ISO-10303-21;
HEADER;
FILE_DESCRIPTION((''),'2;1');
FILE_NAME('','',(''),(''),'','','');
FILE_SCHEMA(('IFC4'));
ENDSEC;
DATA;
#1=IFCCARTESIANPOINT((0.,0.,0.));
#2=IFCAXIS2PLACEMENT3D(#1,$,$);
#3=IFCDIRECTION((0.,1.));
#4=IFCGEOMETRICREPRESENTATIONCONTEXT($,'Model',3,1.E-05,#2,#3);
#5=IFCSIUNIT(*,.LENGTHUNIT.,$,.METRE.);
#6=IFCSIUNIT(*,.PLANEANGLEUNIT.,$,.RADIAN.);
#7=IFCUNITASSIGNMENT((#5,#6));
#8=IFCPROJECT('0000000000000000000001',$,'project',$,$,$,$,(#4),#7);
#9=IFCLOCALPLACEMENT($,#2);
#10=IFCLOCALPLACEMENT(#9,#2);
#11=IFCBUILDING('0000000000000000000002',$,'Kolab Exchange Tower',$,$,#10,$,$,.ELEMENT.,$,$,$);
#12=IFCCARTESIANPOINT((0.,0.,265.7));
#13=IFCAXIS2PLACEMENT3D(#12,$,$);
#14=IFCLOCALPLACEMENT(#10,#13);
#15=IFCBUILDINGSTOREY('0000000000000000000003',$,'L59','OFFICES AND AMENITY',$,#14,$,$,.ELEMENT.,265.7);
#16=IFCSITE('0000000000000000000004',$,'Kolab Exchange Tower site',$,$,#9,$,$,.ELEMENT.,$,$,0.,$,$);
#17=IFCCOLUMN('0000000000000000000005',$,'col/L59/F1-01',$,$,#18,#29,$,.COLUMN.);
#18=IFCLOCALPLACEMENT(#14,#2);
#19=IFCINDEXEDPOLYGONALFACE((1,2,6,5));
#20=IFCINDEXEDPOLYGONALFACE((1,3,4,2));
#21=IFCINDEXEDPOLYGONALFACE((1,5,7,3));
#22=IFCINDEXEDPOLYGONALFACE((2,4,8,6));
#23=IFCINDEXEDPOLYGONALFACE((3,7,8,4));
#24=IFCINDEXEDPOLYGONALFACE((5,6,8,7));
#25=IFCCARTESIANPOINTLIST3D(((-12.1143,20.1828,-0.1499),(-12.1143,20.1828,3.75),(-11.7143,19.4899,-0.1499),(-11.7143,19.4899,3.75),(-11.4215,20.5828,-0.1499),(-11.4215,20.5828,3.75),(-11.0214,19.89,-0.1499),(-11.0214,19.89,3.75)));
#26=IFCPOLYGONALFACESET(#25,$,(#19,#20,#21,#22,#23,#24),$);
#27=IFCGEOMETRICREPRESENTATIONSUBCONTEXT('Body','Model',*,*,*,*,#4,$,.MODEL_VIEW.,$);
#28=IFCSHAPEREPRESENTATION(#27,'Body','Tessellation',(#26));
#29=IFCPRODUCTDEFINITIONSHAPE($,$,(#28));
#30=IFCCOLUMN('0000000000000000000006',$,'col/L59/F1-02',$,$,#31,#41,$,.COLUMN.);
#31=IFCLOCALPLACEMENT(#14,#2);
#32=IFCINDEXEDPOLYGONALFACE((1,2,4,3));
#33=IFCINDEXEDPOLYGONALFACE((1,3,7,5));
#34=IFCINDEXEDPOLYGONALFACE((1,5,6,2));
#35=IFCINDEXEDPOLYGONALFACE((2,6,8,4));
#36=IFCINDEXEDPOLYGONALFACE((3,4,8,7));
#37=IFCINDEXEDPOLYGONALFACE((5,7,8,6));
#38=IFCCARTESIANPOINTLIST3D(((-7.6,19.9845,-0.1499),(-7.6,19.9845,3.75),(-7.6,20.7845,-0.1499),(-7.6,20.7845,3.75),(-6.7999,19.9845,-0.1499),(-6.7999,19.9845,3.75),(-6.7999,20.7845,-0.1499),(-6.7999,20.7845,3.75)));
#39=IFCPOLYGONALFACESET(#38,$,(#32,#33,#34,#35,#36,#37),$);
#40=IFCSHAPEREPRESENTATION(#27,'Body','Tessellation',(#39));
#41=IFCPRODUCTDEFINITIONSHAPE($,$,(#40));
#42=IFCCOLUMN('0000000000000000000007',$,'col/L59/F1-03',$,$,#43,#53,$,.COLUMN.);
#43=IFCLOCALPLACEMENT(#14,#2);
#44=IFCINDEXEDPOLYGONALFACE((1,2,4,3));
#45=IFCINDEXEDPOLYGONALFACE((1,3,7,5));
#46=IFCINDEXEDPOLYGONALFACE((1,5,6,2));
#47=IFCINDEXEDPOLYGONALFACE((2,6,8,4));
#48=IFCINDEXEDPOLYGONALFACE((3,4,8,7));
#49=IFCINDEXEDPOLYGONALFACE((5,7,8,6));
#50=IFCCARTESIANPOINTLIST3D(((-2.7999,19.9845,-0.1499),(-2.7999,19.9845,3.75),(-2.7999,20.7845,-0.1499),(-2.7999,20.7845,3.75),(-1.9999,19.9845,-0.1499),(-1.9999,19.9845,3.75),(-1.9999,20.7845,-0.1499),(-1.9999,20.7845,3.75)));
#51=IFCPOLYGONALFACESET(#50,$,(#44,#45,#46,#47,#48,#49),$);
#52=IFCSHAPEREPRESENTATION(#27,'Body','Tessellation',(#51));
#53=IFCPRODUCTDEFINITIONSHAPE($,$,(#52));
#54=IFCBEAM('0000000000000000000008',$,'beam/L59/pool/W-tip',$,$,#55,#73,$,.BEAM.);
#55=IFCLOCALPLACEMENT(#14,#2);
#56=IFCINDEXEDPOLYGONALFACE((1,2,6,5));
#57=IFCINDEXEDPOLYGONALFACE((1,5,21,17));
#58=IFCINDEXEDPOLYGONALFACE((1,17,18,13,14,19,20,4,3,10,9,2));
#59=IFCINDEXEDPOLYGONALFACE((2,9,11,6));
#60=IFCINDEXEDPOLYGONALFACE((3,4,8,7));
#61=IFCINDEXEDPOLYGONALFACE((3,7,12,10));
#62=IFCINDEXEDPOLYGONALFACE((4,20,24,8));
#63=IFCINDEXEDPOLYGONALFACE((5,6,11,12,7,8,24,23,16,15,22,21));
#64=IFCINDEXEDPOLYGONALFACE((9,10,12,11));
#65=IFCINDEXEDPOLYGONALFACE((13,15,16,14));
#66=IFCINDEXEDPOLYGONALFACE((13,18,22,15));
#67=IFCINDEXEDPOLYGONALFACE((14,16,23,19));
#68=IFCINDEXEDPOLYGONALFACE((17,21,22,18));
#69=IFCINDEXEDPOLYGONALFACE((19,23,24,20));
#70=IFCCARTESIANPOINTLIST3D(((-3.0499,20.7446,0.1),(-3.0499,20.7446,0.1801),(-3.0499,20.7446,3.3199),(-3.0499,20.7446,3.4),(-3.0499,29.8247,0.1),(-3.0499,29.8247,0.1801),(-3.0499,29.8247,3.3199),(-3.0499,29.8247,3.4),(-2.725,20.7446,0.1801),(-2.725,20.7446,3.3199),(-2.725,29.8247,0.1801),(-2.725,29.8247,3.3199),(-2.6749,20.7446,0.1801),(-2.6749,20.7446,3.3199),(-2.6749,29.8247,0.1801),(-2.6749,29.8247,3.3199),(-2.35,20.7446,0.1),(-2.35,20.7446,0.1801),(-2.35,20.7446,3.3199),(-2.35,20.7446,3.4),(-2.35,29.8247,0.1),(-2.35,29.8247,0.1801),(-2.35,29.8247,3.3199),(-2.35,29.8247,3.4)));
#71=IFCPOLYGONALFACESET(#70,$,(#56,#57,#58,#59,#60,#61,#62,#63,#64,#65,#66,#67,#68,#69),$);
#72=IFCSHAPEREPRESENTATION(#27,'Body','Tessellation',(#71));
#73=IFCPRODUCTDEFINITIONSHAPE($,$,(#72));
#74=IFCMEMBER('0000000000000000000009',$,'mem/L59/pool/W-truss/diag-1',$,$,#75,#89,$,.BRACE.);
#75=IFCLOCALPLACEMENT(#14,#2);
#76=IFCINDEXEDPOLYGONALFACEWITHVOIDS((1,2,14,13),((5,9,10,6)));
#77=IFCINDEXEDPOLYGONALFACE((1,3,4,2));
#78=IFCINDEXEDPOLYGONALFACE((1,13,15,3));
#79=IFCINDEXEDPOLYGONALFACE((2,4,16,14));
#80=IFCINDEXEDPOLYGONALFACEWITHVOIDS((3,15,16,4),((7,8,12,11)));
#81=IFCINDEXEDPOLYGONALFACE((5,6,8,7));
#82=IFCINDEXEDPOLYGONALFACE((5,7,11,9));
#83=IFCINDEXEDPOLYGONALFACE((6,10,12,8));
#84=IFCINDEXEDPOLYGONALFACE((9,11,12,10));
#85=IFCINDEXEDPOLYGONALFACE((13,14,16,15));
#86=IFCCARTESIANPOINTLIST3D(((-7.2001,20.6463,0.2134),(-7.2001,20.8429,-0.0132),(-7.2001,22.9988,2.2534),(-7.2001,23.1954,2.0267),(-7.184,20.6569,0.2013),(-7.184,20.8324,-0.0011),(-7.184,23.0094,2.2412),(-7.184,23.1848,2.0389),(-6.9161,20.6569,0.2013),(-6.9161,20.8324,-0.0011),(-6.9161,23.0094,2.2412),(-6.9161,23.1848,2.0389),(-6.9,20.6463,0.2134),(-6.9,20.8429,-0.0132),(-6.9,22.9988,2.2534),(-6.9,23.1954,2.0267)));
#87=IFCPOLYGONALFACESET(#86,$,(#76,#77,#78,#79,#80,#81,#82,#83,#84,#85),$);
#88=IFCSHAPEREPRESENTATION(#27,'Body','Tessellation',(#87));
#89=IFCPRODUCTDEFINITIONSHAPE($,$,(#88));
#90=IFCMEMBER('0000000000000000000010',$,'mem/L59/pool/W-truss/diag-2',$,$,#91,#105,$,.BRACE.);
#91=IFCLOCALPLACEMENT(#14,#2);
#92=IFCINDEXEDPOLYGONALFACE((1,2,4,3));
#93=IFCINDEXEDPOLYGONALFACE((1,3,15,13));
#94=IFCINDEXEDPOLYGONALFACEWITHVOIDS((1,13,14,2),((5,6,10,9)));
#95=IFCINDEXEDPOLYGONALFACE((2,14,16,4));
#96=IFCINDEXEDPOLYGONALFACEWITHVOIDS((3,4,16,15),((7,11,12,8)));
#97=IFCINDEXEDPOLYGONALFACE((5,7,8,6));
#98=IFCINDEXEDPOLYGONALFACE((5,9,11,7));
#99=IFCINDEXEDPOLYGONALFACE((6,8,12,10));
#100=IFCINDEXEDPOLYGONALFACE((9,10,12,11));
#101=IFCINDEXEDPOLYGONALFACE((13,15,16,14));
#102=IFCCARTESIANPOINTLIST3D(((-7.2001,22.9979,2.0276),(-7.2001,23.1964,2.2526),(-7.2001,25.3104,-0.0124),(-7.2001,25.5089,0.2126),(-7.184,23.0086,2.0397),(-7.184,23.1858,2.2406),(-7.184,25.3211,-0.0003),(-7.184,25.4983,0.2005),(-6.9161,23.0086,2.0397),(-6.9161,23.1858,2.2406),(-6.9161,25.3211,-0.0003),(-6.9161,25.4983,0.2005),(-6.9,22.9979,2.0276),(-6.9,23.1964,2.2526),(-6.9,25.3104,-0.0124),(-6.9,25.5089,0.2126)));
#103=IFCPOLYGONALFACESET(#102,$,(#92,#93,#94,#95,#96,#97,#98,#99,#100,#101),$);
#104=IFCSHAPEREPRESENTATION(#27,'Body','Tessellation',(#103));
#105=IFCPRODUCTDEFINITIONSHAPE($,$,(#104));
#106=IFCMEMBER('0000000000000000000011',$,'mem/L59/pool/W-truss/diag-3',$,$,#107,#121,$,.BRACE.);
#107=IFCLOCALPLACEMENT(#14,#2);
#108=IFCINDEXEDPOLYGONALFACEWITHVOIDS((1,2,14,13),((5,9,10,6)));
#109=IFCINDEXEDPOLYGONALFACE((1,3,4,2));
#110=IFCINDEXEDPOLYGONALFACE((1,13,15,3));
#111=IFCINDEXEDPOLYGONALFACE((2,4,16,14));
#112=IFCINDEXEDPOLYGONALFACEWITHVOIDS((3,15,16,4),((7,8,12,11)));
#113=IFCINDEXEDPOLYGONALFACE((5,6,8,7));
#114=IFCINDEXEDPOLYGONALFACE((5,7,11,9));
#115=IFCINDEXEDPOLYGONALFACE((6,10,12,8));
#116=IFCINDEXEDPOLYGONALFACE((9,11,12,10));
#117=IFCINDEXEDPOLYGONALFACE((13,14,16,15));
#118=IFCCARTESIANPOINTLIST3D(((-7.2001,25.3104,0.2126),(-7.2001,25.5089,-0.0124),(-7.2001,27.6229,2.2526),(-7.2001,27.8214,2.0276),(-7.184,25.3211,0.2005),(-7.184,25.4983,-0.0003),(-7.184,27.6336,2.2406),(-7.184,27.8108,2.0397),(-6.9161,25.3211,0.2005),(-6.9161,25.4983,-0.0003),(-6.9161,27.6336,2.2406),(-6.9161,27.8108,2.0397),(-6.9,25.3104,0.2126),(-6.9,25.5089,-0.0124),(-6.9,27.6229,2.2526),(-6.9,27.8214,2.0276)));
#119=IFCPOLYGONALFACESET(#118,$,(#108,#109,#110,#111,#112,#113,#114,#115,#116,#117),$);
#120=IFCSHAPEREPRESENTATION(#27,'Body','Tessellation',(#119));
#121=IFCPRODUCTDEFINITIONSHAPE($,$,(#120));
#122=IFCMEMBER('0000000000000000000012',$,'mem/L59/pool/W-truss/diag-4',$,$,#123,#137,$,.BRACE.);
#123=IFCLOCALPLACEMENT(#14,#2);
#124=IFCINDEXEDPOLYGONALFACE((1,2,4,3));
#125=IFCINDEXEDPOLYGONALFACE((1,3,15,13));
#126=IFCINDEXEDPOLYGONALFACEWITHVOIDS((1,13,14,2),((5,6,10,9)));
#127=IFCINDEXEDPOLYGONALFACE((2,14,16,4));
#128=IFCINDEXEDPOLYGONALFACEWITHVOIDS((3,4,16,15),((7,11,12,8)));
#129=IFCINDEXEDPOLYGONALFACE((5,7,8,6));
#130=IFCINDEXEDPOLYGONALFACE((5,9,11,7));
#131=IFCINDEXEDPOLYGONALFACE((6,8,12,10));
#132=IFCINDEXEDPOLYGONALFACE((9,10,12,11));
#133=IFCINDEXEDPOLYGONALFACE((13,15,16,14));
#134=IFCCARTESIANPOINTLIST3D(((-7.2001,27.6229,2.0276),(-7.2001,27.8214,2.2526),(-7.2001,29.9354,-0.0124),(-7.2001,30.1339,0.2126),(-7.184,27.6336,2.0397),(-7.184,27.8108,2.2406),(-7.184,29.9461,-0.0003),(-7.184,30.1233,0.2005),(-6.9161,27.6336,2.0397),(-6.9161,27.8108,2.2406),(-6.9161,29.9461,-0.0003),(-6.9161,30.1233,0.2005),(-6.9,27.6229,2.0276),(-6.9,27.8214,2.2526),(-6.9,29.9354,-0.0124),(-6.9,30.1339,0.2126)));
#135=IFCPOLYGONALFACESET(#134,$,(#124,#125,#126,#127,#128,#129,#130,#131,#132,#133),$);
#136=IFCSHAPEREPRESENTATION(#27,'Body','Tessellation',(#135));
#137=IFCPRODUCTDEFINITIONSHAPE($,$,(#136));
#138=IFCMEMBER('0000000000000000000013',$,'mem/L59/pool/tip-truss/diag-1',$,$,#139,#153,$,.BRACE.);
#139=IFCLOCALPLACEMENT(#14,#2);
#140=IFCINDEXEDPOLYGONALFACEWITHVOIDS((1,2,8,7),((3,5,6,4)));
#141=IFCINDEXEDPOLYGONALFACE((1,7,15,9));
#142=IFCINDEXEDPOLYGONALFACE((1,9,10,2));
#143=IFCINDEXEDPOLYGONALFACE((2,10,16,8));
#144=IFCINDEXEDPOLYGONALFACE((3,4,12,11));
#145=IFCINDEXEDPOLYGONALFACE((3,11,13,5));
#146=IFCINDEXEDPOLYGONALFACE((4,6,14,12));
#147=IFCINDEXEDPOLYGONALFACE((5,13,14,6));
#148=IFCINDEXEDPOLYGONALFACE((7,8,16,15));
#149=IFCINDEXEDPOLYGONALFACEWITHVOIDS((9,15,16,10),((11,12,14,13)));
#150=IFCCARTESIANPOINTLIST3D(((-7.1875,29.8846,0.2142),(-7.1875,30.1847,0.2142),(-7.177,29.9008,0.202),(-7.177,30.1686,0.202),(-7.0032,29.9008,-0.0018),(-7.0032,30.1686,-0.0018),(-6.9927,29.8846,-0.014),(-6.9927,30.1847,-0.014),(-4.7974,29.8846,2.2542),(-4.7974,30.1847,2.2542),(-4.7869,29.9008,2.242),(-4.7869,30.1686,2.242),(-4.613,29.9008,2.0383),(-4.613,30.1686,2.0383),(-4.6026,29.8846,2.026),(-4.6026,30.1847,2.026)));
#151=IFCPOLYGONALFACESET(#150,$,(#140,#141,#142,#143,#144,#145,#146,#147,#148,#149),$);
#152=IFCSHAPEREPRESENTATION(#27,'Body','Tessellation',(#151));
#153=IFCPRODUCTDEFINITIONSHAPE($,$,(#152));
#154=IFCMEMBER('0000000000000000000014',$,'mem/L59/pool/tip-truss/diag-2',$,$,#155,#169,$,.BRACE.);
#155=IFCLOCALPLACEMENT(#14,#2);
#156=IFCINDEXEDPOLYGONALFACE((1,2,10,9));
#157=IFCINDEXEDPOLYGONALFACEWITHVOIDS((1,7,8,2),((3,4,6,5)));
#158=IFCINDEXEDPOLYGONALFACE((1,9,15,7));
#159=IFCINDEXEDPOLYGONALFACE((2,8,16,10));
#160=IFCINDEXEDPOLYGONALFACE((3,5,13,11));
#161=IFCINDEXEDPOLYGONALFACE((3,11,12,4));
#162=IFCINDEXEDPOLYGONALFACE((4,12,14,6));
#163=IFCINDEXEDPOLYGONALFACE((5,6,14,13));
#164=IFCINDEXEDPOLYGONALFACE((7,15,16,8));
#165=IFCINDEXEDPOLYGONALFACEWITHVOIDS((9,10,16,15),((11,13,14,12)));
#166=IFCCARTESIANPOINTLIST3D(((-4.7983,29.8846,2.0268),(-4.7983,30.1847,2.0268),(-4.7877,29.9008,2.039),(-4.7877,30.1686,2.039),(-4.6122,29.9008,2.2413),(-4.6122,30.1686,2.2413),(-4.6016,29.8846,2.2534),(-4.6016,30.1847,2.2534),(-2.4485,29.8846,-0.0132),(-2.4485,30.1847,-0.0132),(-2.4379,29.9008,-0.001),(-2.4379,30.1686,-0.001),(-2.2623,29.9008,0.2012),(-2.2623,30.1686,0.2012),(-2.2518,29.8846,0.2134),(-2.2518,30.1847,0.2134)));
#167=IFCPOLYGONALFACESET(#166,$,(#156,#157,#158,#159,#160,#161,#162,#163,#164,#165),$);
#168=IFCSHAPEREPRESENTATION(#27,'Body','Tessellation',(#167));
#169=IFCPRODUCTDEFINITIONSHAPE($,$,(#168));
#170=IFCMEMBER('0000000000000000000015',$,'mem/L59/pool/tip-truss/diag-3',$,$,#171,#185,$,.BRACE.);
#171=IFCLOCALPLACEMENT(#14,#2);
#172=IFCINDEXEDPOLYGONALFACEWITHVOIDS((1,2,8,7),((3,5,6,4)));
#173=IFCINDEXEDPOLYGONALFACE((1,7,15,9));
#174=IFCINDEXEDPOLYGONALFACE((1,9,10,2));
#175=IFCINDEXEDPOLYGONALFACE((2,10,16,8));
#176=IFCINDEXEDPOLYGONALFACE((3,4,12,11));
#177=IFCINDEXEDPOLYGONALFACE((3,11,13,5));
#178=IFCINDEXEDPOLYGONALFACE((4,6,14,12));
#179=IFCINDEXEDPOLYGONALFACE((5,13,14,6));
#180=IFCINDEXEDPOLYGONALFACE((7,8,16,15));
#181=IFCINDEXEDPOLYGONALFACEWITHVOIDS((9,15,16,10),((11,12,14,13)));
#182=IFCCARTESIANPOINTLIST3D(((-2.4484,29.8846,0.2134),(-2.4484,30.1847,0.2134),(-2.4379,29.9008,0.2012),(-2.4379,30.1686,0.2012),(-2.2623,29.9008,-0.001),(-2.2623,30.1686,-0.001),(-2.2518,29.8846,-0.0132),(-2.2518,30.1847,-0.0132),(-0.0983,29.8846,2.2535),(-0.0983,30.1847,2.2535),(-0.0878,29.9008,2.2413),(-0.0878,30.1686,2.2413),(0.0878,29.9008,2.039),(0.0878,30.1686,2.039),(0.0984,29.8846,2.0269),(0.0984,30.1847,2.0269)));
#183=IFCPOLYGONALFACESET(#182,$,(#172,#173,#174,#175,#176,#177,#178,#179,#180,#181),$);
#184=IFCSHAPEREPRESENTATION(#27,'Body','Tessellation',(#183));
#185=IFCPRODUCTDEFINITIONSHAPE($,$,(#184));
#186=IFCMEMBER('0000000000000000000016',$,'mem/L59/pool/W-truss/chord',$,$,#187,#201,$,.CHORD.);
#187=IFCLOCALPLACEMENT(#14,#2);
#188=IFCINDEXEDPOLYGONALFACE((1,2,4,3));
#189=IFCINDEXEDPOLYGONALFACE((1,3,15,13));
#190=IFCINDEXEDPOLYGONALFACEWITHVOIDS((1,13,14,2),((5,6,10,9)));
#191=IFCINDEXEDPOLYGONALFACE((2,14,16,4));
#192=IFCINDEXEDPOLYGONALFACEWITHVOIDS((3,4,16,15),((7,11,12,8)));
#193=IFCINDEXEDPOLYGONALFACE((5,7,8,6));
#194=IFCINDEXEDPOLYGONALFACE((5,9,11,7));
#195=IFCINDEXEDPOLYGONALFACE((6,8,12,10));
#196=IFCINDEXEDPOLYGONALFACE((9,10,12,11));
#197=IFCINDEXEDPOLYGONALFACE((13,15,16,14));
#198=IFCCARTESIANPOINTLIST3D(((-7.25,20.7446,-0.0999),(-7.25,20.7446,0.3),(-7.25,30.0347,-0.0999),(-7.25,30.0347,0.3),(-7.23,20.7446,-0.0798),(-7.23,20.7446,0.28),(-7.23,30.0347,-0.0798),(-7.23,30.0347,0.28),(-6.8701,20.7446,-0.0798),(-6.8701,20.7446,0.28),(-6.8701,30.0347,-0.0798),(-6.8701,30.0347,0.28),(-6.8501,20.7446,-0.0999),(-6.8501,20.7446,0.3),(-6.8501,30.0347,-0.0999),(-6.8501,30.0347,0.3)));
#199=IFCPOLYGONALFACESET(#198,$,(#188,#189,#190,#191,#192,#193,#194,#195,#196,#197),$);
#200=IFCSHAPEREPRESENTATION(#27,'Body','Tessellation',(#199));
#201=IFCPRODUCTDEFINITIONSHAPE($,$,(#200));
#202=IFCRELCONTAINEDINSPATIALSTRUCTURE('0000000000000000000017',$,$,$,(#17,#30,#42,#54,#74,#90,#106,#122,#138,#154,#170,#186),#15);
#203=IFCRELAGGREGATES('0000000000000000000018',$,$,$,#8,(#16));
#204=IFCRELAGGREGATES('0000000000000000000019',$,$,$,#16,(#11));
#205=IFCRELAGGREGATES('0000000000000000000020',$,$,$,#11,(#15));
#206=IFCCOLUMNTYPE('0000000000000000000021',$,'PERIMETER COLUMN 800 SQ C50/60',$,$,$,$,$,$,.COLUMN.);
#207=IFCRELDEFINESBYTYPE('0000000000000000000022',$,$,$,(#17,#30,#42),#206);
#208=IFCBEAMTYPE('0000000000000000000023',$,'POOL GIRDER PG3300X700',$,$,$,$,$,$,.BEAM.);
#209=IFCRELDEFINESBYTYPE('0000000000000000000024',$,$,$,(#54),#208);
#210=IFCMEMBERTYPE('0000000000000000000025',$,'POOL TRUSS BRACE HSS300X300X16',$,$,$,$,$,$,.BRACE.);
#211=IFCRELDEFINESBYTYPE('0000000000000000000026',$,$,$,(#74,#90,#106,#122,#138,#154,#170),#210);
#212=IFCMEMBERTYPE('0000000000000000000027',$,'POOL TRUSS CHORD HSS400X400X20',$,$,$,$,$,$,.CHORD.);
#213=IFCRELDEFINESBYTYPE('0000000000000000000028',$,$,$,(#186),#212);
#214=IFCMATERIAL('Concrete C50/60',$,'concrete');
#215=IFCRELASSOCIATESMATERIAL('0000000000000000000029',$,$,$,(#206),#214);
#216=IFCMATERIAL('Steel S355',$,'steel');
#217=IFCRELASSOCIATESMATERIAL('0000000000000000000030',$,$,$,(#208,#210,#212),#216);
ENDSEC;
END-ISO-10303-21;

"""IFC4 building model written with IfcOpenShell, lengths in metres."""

from ifc_helpers import new_model, si_unit, direction, frame, origin, origin_2d, place, context, subcontext, project, spatial, rectangle, hollow_rectangle, i_section, extrude, material, material_profile, profile_set, type_object, element, save


model = new_model("IFC4")

# Units and contexts
model_context = context("Model", 3, precision=1e-05, world=origin(), true_north=direction((0.0, 1.0)))
body_context = subcontext(model_context, "Body", "Model", "MODEL_VIEW")
ifc_project = project(units=[si_unit("LENGTHUNIT", "METRE"), si_unit("PLANEANGLEUNIT", "RADIAN")], contexts=[model_context])

# Site, building, storey
site_placement = place(None, origin())
site = spatial("IfcSite", under=ifc_project, at=site_placement, Name="Kolab Exchange Tower site", CompositionType="ELEMENT", RefElevation=0.0)
building_placement = place(site_placement, origin())
building = spatial("IfcBuilding", under=site, at=building_placement, Name="Kolab Exchange Tower", CompositionType="ELEMENT")
storey_placement = place(building_placement, frame((0.0, 0.0, 265.7)))
storey = spatial("IfcBuildingStorey", under=building, at=storey_placement, Name="L59", Description="OFFICES AND AMENITY", CompositionType="ELEMENT", Elevation=265.7)

# Columns
ifc_material_1 = material(Name="Concrete C50/60", Category="concrete")
ifc_material_profile_1 = material_profile(ifc_material_1, rectangle(XDim=0.8, YDim=0.8, at=origin_2d()), Name="RC800")
ifc_profile_set_1 = profile_set([ifc_material_profile_1], Name="Concrete C50/60")
column_type = type_object("IfcColumnType", Name="PERIMETER COLUMN 800 SQ C50/60", PredefinedType="COLUMN", material=ifc_profile_set_1)
for number, where, z_axis, x_axis, name in (
    (1, (-11.5679, 20.0364, -0.1499), (0.0, 0.0, 1.0), (0.866025, 0.5, 0.0), "col/L59/F1-01"),
    (2, (-7.2, 20.3845, -0.1499), (0.0, 0.0, 1.0), (1.0, 0.0, 0.0), "col/L59/F1-02"),
    (3, (-2.3999, 20.3845, -0.1499), (0.0, 0.0, 1.0), (1.0, 0.0, 0.0), "col/L59/F1-03"),
):
    element("IfcColumn", number, at=place(storey_placement, frame(where, z_axis=z_axis, x_axis=x_axis)), inside=storey, type_object=column_type, Name=name, PredefinedType="COLUMN", context=body_context, shape_type="SweptSolid", body=[
        extrude(rectangle(XDim=0.8, YDim=0.8, at=origin_2d()), origin(), (0.0, 0.0, 1.0), 3.8999),
    ])

# Beam
ifc_material_2 = material(Name="Steel S355", Category="steel")
ifc_material_profile_2 = material_profile(ifc_material_2, i_section(OverallWidth=0.7, OverallDepth=3.3, WebThickness=0.05, FlangeThickness=0.0801, at=origin_2d()), Name="PG3300X700")
ifc_profile_set_2 = profile_set([ifc_material_profile_2], Name="Steel S355")
beam_type_1 = type_object("IfcBeamType", Name="POOL GIRDER PG3300X700", PredefinedType="BEAM", material=ifc_profile_set_2)
beam_1_placement = place(storey_placement, frame((-2.7, 20.7446, 1.75), z_axis=(0.0, 1.0, 0.0), x_axis=(-1.0, 0.0, 0.0)))
element("IfcBeam", 4, at=beam_1_placement, inside=storey, type_object=beam_type_1, Name="beam/L59/pool/W-tip", PredefinedType="BEAM", context=body_context, shape_type="SweptSolid", body=[
    extrude(i_section(OverallWidth=0.7, OverallDepth=3.3, WebThickness=0.05, FlangeThickness=0.0801, at=origin_2d()), origin(), (0.0, 0.0, 1.0), 9.0801),
])

# Members
ifc_material_profile_3 = material_profile(ifc_material_2, hollow_rectangle(XDim=0.3, YDim=0.3, WallThickness=0.0161, at=origin_2d()), Name="HSS300X300X16")
ifc_profile_set_3 = profile_set([ifc_material_profile_3], Name="Steel S355")
member_type_1 = type_object("IfcMemberType", Name="POOL TRUSS BRACE HSS300X300X16", PredefinedType="BRACE", material=ifc_profile_set_3)
member_1_placement = place(storey_placement, frame((-7.05, 20.7446, 0.1001), z_axis=(0.0, 0.755503, 0.655145), x_axis=(-1.0, 0.0, 0.0)))
element("IfcMember", 5, at=member_1_placement, inside=storey, type_object=member_type_1, Name="mem/L59/pool/W-truss/diag-1", PredefinedType="BRACE", context=body_context, shape_type="SweptSolid", body=[
    extrude(hollow_rectangle(XDim=0.3, YDim=0.3, WallThickness=0.0161, at=origin_2d()), origin(), (0.0, 0.0, 1.0), 3.1138),
])
for number, where, z_axis, x_axis, name in (
    (6, (-7.05, 23.0972, 2.1401), (0.0, 0.749903, -0.661548), (-1.0, 0.0, 0.0), "mem/L59/pool/W-truss/diag-2"),
    (7, (-7.05, 25.4097, 0.1001), (0.0, 0.749903, 0.661548), (-1.0, 0.0, 0.0), "mem/L59/pool/W-truss/diag-3"),
    (8, (-7.05, 27.7222, 2.1401), (0.0, 0.749903, -0.661548), (-1.0, 0.0, 0.0), "mem/L59/pool/W-truss/diag-4"),
):
    element("IfcMember", number, at=place(storey_placement, frame(where, z_axis=z_axis, x_axis=x_axis)), inside=storey, type_object=member_type_1, Name=name, PredefinedType="BRACE", context=body_context, shape_type="SweptSolid", body=[
        extrude(hollow_rectangle(XDim=0.3, YDim=0.3, WallThickness=0.0161, at=origin_2d()), origin(), (0.0, 0.0, 1.0), 3.0837),
    ])
member_2_placement = place(storey_placement, frame((-7.0901, 30.0347, 0.1001), z_axis=(0.760615, 0.0, 0.649203), x_axis=(0.0, 1.0, 0.0)))
element("IfcMember", 9, at=member_2_placement, inside=storey, type_object=member_type_1, Name="mem/L59/pool/tip-truss/diag-1", PredefinedType="BRACE", context=body_context, shape_type="SweptSolid", body=[
    extrude(hollow_rectangle(XDim=0.3, YDim=0.3, WallThickness=0.0161, at=origin_2d()), origin(), (0.0, 0.0, 1.0), 3.1423),
])
member_3_placement = place(storey_placement, frame((-4.7, 30.0347, 2.1401), z_axis=(0.755132, 0.0, -0.655572), x_axis=(0.0, 1.0, 0.0)))
element("IfcMember", 10, at=member_3_placement, inside=storey, type_object=member_type_1, Name="mem/L59/pool/tip-truss/diag-2", PredefinedType="BRACE", context=body_context, shape_type="SweptSolid", body=[
    extrude(hollow_rectangle(XDim=0.3, YDim=0.3, WallThickness=0.0161, at=origin_2d()), origin(), (0.0, 0.0, 1.0), 3.1118),
])
member_4_placement = place(storey_placement, frame((-2.3501, 30.0347, 0.1001), z_axis=(0.755166, 0.0, 0.655534), x_axis=(0.0, 1.0, 0.0)))
element("IfcMember", 11, at=member_4_placement, inside=storey, type_object=member_type_1, Name="mem/L59/pool/tip-truss/diag-3", PredefinedType="BRACE", context=body_context, shape_type="SweptSolid", body=[
    extrude(hollow_rectangle(XDim=0.3, YDim=0.3, WallThickness=0.0161, at=origin_2d()), origin(), (0.0, 0.0, 1.0), 3.1121),
])
ifc_material_profile_4 = material_profile(ifc_material_2, hollow_rectangle(XDim=0.3999, YDim=0.3999, WallThickness=0.02, at=origin_2d()), Name="HSS400X400X20")
ifc_profile_set_4 = profile_set([ifc_material_profile_4], Name="Steel S355")
member_type_2 = type_object("IfcMemberType", Name="POOL TRUSS CHORD HSS400X400X20", PredefinedType="CHORD", material=ifc_profile_set_4)
member_5_placement = place(storey_placement, frame((-7.05, 20.7446, 0.1001), z_axis=(0.0, 1.0, 0.0), x_axis=(-1.0, 0.0, 0.0)))
element("IfcMember", 12, at=member_5_placement, inside=storey, type_object=member_type_2, Name="mem/L59/pool/W-truss/chord", PredefinedType="CHORD", context=body_context, shape_type="SweptSolid", body=[
    extrude(hollow_rectangle(XDim=0.3999, YDim=0.3999, WallThickness=0.02, at=origin_2d()), origin(), (0.0, 0.0, 1.0), 9.29),
])

save(model, "model.ifc")
